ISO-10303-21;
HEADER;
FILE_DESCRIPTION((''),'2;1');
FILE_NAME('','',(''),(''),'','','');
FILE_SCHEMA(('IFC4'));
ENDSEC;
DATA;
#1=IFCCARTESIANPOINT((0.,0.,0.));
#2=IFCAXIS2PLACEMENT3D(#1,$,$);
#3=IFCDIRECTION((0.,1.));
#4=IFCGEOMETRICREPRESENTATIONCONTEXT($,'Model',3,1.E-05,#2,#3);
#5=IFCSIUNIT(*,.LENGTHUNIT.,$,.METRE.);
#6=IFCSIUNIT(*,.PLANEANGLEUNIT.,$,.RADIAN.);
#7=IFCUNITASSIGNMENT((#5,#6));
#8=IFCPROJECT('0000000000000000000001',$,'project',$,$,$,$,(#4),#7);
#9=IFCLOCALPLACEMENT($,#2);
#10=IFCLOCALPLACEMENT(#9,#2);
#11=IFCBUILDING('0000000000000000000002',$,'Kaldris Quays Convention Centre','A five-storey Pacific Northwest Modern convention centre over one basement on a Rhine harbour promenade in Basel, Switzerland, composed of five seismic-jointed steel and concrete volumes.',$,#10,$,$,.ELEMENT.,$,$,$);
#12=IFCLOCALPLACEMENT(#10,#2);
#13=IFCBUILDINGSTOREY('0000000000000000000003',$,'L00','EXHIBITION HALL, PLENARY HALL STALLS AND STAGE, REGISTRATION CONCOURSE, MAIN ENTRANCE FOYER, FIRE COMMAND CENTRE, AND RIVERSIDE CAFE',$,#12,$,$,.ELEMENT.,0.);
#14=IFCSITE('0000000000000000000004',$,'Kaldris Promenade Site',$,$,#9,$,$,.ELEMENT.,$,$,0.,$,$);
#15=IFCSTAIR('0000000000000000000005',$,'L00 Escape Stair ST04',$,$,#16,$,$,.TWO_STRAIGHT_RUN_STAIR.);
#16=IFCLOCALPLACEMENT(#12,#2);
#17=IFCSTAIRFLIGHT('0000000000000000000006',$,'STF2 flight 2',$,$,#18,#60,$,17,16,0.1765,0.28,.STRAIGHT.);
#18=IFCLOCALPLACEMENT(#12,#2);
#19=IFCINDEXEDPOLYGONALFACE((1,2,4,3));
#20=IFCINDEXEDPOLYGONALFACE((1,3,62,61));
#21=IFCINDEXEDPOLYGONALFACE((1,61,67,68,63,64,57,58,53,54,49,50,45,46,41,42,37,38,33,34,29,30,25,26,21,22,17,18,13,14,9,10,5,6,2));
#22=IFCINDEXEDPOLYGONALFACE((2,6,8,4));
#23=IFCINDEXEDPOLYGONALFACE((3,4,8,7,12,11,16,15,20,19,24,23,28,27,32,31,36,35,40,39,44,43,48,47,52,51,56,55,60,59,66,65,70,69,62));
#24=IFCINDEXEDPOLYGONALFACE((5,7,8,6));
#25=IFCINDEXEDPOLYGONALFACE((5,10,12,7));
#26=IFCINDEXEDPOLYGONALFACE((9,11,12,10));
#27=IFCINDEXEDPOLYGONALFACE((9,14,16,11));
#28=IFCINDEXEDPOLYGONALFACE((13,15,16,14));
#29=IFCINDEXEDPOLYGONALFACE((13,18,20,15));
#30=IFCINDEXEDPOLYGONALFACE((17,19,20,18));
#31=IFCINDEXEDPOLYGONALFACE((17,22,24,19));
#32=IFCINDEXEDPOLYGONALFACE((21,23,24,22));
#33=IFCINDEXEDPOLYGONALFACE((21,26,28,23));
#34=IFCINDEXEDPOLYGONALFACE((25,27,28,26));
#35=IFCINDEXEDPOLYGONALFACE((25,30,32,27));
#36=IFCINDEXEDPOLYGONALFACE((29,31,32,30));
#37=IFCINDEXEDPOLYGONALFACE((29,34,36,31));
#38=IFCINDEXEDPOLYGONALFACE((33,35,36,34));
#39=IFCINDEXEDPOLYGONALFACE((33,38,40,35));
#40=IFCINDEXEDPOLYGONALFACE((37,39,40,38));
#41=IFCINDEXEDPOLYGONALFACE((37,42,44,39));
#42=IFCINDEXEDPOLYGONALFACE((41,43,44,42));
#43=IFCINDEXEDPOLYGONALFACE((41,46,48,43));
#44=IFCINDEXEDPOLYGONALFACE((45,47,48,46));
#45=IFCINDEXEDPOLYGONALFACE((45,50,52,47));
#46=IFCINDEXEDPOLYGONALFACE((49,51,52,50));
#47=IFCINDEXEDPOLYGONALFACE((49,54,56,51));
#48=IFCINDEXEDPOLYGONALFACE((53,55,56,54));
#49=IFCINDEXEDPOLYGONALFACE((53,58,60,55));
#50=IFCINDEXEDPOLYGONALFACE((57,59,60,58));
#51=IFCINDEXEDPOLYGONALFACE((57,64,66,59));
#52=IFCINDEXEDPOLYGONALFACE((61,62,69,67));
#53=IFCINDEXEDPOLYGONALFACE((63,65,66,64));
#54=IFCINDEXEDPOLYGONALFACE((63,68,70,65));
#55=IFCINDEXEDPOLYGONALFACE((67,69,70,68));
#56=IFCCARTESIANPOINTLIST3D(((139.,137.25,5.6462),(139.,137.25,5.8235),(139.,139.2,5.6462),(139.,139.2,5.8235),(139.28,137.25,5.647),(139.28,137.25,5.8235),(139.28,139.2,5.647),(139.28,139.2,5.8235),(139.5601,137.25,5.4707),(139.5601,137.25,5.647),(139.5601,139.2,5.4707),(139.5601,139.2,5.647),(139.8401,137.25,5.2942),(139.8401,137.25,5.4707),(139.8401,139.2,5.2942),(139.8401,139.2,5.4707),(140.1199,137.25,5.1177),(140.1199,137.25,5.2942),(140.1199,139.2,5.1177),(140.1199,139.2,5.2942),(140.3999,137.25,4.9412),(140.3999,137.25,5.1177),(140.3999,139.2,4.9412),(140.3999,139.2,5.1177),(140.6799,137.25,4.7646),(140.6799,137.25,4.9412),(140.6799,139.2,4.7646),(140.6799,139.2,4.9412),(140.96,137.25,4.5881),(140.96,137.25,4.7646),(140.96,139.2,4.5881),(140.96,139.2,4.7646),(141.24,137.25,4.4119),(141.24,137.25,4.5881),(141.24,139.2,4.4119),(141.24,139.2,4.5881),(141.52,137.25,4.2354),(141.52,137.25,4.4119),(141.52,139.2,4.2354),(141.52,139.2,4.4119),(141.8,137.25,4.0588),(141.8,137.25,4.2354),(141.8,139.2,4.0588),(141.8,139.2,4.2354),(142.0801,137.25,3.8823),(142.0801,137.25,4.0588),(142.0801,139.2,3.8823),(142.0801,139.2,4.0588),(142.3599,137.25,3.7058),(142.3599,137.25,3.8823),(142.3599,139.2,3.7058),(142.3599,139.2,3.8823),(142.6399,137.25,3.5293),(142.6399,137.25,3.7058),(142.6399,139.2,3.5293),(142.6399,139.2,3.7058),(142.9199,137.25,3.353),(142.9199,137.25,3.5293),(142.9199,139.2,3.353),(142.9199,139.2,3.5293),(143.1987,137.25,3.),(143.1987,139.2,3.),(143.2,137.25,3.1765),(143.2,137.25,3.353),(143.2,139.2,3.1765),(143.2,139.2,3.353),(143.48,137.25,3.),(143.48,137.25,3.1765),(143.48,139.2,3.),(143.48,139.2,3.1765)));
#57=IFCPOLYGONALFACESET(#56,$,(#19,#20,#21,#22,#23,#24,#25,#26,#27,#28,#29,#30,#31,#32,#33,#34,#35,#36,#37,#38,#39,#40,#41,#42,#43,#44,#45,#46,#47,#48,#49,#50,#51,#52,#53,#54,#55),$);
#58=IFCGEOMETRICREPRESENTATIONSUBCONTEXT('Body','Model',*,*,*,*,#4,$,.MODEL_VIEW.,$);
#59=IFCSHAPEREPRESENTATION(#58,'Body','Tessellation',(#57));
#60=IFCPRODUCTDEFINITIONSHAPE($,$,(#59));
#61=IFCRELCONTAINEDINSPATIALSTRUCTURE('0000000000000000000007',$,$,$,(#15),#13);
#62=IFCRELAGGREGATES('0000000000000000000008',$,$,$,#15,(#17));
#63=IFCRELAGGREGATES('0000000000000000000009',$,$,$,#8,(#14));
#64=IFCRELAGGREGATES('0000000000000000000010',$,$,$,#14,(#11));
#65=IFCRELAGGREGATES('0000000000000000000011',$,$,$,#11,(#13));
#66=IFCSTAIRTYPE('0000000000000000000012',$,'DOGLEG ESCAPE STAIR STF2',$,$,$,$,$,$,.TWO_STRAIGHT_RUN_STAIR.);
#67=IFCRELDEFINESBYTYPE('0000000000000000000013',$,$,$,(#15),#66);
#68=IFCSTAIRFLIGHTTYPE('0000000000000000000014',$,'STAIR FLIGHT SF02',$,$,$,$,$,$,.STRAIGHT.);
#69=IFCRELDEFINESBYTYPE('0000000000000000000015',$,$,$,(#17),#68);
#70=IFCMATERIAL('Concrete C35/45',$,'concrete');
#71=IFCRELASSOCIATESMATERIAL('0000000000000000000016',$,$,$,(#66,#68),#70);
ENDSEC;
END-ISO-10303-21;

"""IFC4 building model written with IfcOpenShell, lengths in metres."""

from ifc_helpers import new_model, si_unit, direction, frame, origin, place, context, subcontext, project, spatial, polyline, outline, extrude, material, type_object, element, aggregate, save


model = new_model("IFC4")

# Units and contexts
model_context = context("Model", 3, precision=1e-05, world=origin(), true_north=direction((0.0, 1.0)))
body_context = subcontext(model_context, "Body", "Model", "MODEL_VIEW")
ifc_project = project(units=[si_unit("LENGTHUNIT", "METRE"), si_unit("PLANEANGLEUNIT", "RADIAN")], contexts=[model_context])

# Site, building, storey
site_placement = place(None, origin())
site = spatial("IfcSite", under=ifc_project, at=site_placement, Name="Kaldris Promenade Site", CompositionType="ELEMENT", RefElevation=0.0)
building_placement = place(site_placement, origin())
building = spatial("IfcBuilding", under=site, at=building_placement, Name="Kaldris Quays Convention Centre", Description="A five-storey Pacific Northwest Modern convention centre over one basement on a Rhine harbour promenade in Basel, Switzerland, composed of five seismic-jointed steel and concrete volumes.", CompositionType="ELEMENT")
storey_placement = place(building_placement, origin())
storey = spatial("IfcBuildingStorey", under=building, at=storey_placement, Name="L00", Description="EXHIBITION HALL, PLENARY HALL STALLS AND STAGE, REGISTRATION CONCOURSE, MAIN ENTRANCE FOYER, FIRE COMMAND CENTRE, AND RIVERSIDE CAFE", CompositionType="ELEMENT", Elevation=0.0)

# Shared definitions
ifc_material_1 = material(Name="Concrete C35/45", Category="concrete")

# Stair, stair flight
stair_type = type_object("IfcStairType", Name="DOGLEG ESCAPE STAIR STF2", PredefinedType="TWO_STRAIGHT_RUN_STAIR", material=ifc_material_1)
stair_placement = place(storey_placement, origin())
stair = element("IfcStair", 1, at=stair_placement, inside=storey, type_object=stair_type, Name="L00 Escape Stair ST04", PredefinedType="TWO_STRAIGHT_RUN_STAIR")
stair_flight_type = type_object("IfcStairFlightType", Name="STAIR FLIGHT SF02", PredefinedType="STRAIGHT", material=ifc_material_1)
stair_flight_1_placement = place(storey_placement, frame((143.48, 138.2251, 3.0), z_axis=(0.0, 0.0, 1.0), x_axis=(-1.0, 0.0, 0.0)))
stair_flight_1 = element("IfcStairFlight", 2, at=stair_flight_1_placement, type_object=stair_flight_type, Name="STF2 flight 2", NumberOfRisers=17, NumberOfTreads=16, PredefinedType="STRAIGHT", RiserHeight=0.1765, TreadLength=0.28, context=body_context, shape_type="SweptSolid", body=[
    extrude(outline(polyline([(0.0, 0.0), (0.0, 0.1765), (0.28, 0.1765), (0.28, 0.353), (0.5601, 0.353), (0.5601, 0.5293), (0.8401, 0.5293), (0.8401, 0.7058), (1.1201, 0.7058), (1.1201, 0.8823), (1.3999, 0.8823), (1.3999, 1.0588), (1.6799, 1.0588), (1.6799, 1.2354), (1.96, 1.2354), (1.96, 1.4119), (2.24, 1.4119), (2.24, 1.5881), (2.52, 1.5881), (2.52, 1.7646), (2.8, 1.7646), (2.8, 1.9412), (3.0801, 1.9412), (3.0801, 2.1177), (3.3601, 2.1177), (3.3601, 2.2942), (3.6399, 2.2942), (3.6399, 2.4707), (3.9199, 2.4707), (3.9199, 2.647), (4.2, 2.647), (4.2, 2.8235), (4.48, 2.8235), (4.48, 3.0), (4.48, 2.6462), (0.2812, 0.0), (0.0, 0.0)])), frame((0.0, 0.9751, 0.0), z_axis=(0.0, -1.0, 0.0), x_axis=(1.0, 0.0, 0.0)), (0.0, 0.0, 1.0), 1.95),
])
aggregate(stair, [stair_flight_1])

save(model, "model.ifc")
